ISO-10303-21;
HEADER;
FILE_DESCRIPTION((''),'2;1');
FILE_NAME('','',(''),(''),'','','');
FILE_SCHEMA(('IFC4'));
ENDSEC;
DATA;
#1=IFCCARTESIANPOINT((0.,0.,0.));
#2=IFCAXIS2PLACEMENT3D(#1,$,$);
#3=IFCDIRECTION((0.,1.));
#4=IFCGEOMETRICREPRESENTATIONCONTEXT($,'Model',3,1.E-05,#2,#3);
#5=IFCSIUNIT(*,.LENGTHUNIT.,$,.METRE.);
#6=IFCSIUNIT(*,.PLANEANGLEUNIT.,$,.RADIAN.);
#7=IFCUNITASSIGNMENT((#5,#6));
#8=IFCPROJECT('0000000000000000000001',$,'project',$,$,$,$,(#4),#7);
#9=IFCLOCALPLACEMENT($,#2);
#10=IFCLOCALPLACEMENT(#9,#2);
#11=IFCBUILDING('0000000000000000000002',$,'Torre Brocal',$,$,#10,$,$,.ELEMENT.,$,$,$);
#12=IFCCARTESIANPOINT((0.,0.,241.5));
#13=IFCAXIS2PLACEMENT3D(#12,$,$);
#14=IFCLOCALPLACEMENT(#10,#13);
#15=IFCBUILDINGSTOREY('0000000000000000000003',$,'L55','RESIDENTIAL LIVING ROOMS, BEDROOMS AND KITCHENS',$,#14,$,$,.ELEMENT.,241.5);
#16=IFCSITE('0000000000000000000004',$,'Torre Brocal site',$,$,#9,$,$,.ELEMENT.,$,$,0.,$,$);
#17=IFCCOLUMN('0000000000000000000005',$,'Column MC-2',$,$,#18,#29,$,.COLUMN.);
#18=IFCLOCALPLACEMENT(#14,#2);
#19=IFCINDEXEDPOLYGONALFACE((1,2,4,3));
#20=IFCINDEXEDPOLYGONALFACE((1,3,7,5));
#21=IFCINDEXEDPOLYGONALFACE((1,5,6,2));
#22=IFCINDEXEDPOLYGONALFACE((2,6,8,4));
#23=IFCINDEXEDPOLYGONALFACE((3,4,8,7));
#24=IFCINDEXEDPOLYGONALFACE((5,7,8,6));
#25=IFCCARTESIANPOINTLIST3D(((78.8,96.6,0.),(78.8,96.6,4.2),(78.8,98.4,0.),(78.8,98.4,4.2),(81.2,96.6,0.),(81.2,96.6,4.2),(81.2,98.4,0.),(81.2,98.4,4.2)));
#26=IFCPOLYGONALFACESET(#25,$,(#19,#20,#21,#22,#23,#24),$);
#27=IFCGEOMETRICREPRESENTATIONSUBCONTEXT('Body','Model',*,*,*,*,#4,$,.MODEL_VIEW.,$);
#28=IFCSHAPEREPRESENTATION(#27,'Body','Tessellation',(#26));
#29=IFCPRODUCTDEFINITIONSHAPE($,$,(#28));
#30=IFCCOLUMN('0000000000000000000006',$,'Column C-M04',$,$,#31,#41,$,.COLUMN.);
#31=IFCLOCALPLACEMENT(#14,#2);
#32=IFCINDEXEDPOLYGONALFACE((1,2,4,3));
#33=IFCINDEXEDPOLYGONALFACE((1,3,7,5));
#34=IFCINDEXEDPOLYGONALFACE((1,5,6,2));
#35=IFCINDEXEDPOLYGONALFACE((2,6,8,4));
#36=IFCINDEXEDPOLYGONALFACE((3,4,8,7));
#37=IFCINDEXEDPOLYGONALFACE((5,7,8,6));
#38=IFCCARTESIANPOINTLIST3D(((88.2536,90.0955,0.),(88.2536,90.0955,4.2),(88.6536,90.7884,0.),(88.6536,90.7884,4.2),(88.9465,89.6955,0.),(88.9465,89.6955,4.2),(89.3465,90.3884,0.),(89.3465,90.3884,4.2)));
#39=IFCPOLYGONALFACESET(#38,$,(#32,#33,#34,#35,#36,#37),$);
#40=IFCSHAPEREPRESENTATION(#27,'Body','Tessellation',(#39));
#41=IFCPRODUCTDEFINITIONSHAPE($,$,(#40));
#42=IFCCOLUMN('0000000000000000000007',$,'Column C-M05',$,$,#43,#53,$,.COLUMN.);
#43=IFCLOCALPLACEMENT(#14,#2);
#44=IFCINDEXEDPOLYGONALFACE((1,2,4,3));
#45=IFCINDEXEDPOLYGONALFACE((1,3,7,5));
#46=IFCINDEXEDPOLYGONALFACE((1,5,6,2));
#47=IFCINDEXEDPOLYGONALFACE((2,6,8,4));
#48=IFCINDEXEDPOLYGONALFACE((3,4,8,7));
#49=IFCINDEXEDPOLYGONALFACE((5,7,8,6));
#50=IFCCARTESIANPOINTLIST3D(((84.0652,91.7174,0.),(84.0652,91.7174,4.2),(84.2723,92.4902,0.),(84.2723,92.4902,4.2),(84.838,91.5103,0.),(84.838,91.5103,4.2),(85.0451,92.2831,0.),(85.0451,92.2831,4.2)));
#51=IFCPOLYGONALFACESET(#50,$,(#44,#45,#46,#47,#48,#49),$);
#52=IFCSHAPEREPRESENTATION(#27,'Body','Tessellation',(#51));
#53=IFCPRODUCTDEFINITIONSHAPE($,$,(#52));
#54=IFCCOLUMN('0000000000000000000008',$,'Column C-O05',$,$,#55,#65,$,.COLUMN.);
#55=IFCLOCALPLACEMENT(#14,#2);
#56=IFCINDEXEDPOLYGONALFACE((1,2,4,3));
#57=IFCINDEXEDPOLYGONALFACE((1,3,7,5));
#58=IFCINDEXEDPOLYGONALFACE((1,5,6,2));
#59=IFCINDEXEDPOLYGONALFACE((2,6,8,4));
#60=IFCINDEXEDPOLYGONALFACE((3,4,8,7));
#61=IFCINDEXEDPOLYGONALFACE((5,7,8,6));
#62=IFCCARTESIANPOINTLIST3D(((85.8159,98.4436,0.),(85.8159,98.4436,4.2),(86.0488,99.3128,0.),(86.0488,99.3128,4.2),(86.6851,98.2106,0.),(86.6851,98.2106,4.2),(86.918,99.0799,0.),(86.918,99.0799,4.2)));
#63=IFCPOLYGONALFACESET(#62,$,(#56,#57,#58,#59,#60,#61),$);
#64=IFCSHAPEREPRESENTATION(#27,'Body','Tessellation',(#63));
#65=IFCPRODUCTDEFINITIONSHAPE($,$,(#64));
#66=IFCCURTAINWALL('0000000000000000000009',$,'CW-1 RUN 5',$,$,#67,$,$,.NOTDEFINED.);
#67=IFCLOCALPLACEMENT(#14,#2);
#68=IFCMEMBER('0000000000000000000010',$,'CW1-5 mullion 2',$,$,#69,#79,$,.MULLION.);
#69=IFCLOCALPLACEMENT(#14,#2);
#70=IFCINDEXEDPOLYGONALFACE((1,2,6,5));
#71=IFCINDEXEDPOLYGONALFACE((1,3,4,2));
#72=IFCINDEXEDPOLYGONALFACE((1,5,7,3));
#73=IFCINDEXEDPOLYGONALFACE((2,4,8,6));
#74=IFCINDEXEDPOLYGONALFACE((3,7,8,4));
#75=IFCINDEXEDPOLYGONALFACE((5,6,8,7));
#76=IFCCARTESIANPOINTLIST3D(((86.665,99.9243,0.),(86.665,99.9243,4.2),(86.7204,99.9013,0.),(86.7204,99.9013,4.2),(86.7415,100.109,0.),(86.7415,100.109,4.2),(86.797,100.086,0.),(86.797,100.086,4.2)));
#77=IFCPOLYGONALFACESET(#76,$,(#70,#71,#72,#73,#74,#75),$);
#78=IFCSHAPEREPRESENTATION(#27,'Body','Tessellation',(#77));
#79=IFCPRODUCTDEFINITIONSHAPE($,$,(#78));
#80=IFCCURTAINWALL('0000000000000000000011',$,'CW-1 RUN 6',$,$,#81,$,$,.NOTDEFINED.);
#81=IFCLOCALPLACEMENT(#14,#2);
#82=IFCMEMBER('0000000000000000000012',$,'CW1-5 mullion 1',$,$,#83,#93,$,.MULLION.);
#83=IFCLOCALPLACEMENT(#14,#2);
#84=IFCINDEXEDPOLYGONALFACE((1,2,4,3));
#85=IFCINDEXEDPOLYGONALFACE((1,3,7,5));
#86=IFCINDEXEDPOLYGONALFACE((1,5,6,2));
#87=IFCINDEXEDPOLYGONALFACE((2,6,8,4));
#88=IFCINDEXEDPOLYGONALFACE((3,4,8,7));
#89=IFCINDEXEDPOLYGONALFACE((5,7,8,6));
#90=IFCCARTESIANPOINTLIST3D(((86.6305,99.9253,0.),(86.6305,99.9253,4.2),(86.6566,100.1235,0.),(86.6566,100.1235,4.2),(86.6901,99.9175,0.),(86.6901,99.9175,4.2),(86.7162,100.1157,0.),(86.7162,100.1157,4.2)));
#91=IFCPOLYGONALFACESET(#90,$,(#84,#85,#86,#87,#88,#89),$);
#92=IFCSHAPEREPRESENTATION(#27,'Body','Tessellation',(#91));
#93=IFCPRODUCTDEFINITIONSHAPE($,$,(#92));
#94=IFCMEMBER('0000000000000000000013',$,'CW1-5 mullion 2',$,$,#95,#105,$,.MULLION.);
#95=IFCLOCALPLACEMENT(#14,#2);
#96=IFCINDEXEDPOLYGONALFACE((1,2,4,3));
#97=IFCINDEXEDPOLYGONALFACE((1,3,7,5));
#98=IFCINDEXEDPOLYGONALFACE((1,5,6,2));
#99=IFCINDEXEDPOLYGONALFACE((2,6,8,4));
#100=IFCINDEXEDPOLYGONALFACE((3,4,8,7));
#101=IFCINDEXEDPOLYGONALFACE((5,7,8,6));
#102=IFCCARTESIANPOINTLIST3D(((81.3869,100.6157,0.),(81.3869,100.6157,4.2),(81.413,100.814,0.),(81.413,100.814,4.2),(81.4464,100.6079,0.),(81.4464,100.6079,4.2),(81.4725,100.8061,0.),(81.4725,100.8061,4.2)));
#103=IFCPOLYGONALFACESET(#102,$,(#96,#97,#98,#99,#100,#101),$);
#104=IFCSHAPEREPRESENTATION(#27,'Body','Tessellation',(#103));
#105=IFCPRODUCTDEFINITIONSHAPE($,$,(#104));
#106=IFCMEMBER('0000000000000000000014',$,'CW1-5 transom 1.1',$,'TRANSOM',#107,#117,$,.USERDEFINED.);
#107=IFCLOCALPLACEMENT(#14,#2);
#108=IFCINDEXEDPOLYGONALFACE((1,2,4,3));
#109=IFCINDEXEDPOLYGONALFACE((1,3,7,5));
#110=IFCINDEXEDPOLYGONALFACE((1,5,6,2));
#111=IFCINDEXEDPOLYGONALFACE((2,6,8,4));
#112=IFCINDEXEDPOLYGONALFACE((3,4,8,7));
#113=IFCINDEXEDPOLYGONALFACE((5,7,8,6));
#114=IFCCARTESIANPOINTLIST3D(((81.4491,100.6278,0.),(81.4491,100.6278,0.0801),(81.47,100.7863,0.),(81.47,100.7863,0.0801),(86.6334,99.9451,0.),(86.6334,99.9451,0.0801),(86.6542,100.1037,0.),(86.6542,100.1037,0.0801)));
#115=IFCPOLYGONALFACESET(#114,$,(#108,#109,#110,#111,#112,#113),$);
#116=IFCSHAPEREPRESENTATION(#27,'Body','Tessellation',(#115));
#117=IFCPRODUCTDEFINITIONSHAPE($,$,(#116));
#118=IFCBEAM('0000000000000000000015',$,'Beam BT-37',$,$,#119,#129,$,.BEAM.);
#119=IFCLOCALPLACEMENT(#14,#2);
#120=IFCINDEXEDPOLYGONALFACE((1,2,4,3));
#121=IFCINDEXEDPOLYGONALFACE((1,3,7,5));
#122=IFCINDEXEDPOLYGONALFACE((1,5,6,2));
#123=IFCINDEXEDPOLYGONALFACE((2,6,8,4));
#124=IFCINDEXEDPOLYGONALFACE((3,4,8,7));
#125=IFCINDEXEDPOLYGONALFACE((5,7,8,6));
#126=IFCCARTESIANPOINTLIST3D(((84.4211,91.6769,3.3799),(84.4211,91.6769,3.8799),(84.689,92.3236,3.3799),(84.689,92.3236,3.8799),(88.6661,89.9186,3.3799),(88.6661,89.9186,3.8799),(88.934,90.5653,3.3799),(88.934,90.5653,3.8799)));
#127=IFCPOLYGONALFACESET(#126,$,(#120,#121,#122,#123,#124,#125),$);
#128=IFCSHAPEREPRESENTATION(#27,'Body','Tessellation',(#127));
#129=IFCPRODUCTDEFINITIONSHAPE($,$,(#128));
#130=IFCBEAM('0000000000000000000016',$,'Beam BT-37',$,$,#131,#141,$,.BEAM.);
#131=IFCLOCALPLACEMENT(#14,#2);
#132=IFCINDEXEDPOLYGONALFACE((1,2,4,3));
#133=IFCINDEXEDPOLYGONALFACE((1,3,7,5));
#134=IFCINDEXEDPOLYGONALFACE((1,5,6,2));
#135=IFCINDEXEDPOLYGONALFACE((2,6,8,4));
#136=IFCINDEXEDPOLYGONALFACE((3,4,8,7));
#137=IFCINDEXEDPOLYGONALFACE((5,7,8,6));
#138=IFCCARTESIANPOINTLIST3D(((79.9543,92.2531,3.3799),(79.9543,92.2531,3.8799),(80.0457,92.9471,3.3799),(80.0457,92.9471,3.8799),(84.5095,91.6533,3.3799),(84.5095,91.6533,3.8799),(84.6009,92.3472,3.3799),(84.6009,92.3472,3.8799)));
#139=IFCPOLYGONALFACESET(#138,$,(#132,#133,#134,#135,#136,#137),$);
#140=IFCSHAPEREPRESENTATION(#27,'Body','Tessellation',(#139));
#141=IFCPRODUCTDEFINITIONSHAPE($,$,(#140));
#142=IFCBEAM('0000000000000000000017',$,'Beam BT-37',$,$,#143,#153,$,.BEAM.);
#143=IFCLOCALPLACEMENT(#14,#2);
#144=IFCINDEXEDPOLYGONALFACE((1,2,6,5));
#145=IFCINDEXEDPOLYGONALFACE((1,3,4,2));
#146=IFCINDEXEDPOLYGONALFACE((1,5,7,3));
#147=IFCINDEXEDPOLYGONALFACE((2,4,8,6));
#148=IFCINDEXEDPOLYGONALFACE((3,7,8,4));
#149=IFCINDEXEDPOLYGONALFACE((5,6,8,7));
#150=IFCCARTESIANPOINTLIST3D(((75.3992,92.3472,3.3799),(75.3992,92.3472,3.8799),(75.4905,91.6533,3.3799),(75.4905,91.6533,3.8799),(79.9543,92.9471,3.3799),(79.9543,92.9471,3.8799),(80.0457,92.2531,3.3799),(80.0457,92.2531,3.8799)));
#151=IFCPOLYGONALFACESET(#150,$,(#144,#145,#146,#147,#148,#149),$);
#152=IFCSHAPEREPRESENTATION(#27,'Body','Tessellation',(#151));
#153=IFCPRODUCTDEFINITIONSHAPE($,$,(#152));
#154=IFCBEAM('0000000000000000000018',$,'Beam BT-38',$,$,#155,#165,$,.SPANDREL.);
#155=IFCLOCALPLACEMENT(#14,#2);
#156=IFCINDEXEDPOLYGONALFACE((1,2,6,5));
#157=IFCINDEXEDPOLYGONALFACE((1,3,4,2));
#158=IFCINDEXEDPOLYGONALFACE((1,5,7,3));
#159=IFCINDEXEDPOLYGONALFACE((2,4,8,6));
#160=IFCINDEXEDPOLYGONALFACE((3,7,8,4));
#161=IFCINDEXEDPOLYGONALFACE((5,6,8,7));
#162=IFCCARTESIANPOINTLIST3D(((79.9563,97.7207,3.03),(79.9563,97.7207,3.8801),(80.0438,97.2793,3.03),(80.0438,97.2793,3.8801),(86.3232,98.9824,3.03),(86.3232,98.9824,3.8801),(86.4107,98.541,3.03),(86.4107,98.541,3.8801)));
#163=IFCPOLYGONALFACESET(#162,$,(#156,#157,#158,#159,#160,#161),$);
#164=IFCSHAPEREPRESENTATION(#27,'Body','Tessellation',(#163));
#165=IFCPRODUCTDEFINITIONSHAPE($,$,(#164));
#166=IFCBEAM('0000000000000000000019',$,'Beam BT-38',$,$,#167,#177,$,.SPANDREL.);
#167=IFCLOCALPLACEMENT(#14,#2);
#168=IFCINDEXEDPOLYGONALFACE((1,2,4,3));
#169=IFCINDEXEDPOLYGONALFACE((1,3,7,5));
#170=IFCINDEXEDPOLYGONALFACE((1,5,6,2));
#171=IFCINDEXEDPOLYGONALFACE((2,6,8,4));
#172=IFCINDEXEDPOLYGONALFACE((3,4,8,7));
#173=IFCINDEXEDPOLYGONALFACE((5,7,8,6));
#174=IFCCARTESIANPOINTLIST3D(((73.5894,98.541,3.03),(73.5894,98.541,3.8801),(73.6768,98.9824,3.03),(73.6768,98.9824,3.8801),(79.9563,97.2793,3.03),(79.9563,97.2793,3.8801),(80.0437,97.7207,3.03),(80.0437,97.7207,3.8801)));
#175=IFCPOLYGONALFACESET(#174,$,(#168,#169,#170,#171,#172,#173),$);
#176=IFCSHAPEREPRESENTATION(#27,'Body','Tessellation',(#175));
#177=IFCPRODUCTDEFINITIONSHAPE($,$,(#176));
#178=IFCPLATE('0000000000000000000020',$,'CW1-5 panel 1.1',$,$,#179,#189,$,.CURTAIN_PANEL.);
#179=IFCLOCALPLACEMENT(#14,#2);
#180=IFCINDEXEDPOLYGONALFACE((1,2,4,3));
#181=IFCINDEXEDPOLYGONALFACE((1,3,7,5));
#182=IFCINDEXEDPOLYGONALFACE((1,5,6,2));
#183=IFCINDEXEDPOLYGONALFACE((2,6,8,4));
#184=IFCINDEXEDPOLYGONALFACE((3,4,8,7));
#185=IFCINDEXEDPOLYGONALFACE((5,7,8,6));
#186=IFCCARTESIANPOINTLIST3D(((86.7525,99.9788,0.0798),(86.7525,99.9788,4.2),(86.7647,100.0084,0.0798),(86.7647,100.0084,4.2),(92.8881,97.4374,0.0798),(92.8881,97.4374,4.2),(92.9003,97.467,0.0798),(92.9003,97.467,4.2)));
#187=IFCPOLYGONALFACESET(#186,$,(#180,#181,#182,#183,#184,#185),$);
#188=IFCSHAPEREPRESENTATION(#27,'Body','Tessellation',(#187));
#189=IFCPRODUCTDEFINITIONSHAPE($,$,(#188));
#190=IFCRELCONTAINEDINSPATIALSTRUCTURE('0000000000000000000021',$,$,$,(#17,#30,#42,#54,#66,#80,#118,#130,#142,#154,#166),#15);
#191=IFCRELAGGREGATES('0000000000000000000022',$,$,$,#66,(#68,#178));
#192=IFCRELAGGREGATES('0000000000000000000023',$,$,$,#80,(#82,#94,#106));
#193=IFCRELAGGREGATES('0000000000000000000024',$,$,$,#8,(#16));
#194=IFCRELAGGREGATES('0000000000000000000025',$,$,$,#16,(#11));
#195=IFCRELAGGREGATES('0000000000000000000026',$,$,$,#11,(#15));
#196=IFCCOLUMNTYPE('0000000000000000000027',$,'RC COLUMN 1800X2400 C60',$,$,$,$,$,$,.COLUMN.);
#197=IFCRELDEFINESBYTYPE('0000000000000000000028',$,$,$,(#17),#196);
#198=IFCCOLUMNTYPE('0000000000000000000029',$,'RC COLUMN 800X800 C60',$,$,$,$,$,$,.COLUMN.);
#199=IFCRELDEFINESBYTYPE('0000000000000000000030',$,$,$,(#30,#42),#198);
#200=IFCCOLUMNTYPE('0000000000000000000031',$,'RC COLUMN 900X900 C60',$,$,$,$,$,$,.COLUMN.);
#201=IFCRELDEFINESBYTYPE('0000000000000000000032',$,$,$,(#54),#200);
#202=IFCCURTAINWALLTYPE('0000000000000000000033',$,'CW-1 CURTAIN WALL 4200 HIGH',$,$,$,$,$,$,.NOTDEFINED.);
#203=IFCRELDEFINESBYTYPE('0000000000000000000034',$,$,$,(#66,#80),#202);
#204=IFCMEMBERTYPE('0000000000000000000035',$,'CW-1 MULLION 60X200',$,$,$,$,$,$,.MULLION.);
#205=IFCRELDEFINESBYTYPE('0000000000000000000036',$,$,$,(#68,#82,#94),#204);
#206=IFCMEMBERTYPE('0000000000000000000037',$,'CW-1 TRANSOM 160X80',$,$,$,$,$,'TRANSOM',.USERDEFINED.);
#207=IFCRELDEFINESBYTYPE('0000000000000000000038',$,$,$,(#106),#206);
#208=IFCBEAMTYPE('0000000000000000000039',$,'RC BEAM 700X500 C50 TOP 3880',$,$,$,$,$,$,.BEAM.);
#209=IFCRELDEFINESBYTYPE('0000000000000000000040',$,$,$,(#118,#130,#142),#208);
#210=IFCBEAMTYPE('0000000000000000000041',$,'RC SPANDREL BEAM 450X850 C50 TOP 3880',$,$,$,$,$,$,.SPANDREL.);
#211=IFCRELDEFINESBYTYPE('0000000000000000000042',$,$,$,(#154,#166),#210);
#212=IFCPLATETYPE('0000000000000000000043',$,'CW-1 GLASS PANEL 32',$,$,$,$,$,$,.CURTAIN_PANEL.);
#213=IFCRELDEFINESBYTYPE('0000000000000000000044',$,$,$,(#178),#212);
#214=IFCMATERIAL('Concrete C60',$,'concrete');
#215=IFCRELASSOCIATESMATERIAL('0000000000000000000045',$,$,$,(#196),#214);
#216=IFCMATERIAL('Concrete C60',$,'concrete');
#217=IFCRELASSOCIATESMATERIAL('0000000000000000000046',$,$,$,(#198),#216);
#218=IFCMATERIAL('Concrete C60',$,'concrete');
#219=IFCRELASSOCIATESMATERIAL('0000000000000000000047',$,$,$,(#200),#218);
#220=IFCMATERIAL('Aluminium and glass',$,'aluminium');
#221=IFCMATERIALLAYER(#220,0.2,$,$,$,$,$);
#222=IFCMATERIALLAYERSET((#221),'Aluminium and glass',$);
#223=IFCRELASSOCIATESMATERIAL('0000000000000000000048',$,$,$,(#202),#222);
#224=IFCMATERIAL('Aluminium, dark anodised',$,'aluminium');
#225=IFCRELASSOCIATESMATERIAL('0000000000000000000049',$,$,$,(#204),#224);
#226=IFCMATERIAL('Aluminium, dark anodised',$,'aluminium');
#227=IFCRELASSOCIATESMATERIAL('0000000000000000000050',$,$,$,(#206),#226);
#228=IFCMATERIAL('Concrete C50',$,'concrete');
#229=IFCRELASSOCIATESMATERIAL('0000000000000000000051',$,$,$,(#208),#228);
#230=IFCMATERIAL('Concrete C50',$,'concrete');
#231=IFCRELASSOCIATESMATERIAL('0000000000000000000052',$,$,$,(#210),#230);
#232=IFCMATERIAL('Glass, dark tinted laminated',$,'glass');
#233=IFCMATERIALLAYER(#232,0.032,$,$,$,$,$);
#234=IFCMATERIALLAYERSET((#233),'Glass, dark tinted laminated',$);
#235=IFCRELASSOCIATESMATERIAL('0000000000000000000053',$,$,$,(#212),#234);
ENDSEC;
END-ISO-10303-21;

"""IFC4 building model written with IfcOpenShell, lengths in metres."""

from ifc_helpers import new_model, si_unit, direction, frame, origin, origin_2d, place, context, subcontext, project, spatial, rectangle, extrude, material, layer, layer_set, material_profile, profile_set, type_object, element, aggregate, save


model = new_model("IFC4")

# Units and contexts
model_context = context("Model", 3, precision=1e-05, world=origin(), true_north=direction((0.0, 1.0)))
body_context = subcontext(model_context, "Body", "Model", "MODEL_VIEW")
ifc_project = project(units=[si_unit("LENGTHUNIT", "METRE"), si_unit("PLANEANGLEUNIT", "RADIAN")], contexts=[model_context])

# Site, building, storey
site_placement = place(None, origin())
site = spatial("IfcSite", under=ifc_project, at=site_placement, Name="Torre Brocal site", CompositionType="ELEMENT", RefElevation=0.0)
building_placement = place(site_placement, origin())
building = spatial("IfcBuilding", under=site, at=building_placement, Name="Torre Brocal", CompositionType="ELEMENT")
storey_placement = place(building_placement, frame((0.0, 0.0, 241.5)))
storey = spatial("IfcBuildingStorey", under=building, at=storey_placement, Name="L55", Description="RESIDENTIAL LIVING ROOMS, BEDROOMS AND KITCHENS", CompositionType="ELEMENT", Elevation=241.5)

# Columns
ifc_material_1 = material(Name="Concrete C60", Category="concrete")
ifc_material_profile_1 = material_profile(ifc_material_1, rectangle(XDim=1.8, YDim=2.3999, at=origin_2d()), Name="RC 1800X2400")
ifc_profile_set_1 = profile_set([ifc_material_profile_1], Name="Concrete C60")
column_type_1 = type_object("IfcColumnType", Name="RC COLUMN 1800X2400 C60", PredefinedType="COLUMN", material=ifc_profile_set_1)
column_1_placement = place(storey_placement, frame((80.0, 97.5, 0.0), z_axis=(0.0, 0.0, 1.0), x_axis=(0.0, 1.0, 0.0)))
element("IfcColumn", 1, at=column_1_placement, inside=storey, type_object=column_type_1, Name="Column MC-2", PredefinedType="COLUMN", context=body_context, shape_type="SweptSolid", body=[
    extrude(rectangle(XDim=1.8, YDim=2.3999, at=origin_2d()), origin(), (0.0, 0.0, 1.0), 4.2),
])
ifc_material_2 = material(Name="Concrete C60", Category="concrete")
ifc_material_profile_2 = material_profile(ifc_material_2, rectangle(XDim=0.8, YDim=0.8, at=origin_2d()), Name="RC 800X800")
ifc_profile_set_2 = profile_set([ifc_material_profile_2], Name="Concrete C60")
column_type_2 = type_object("IfcColumnType", Name="RC COLUMN 800X800 C60", PredefinedType="COLUMN", material=ifc_profile_set_2)
for number, where, z_axis, x_axis, name in (
    (2, (88.8, 90.2419, 0.0), (0.0, 0.0, 1.0), (0.5, 0.866025, 0.0), "Column C-M04"),
    (3, (84.5552, 92.0002, 0.0), (0.0, 0.0, 1.0), (0.258819, 0.965926, 0.0), "Column C-M05"),
):
    element("IfcColumn", number, at=place(storey_placement, frame(where, z_axis=z_axis, x_axis=x_axis)), inside=storey, type_object=column_type_2, Name=name, PredefinedType="COLUMN", context=body_context, shape_type="SweptSolid", body=[
        extrude(rectangle(XDim=0.8, YDim=0.8, at=origin_2d()), origin(), (0.0, 0.0, 1.0), 4.2),
    ])
ifc_material_3 = material(Name="Concrete C60", Category="concrete")
ifc_material_profile_3 = material_profile(ifc_material_3, rectangle(XDim=0.8999, YDim=0.8999, at=origin_2d()), Name="RC 900X900")
ifc_profile_set_3 = profile_set([ifc_material_profile_3], Name="Concrete C60")
column_type_3 = type_object("IfcColumnType", Name="RC COLUMN 900X900 C60", PredefinedType="COLUMN", material=ifc_profile_set_3)
column_2_placement = place(storey_placement, frame((86.3669, 98.7617, 0.0), z_axis=(0.0, 0.0, 1.0), x_axis=(0.258819, 0.965926, 0.0)))
element("IfcColumn", 4, at=column_2_placement, inside=storey, type_object=column_type_3, Name="Column C-O05", PredefinedType="COLUMN", context=body_context, shape_type="SweptSolid", body=[
    extrude(rectangle(XDim=0.8999, YDim=0.8999, at=origin_2d()), origin(), (0.0, 0.0, 1.0), 4.2),
])

# Curtain wall, member
ifc_material_4 = material(Name="Aluminium and glass", Category="aluminium")
ifc_layer_1 = layer(ifc_material_4, 0.2)
ifc_layer_set_1 = layer_set([ifc_layer_1], Name="Aluminium and glass")
curtain_wall_type = type_object("IfcCurtainWallType", Name="CW-1 CURTAIN WALL 4200 HIGH", PredefinedType="NOTDEFINED", material=ifc_layer_set_1)
curtain_wall_1_placement = place(storey_placement, origin())
curtain_wall_1 = element("IfcCurtainWall", 5, at=curtain_wall_1_placement, inside=storey, type_object=curtain_wall_type, Name="CW-1 RUN 5", PredefinedType="NOTDEFINED")
ifc_material_5 = material(Name="Aluminium, dark anodised", Category="aluminium")
ifc_material_profile_4 = material_profile(ifc_material_5, rectangle(XDim=0.2, YDim=0.0601, at=origin_2d()), Name="CW-1 MULLION 60X200")
ifc_profile_set_4 = profile_set([ifc_material_profile_4], Name="Aluminium, dark anodised")
member_type_1 = type_object("IfcMemberType", Name="CW-1 MULLION 60X200", PredefinedType="MULLION", material=ifc_profile_set_4)
member_1_placement = place(storey_placement, frame((86.731, 100.0051, 0.0), z_axis=(0.0, 0.0, 1.0), x_axis=(-0.382683, -0.92388, 0.0)))
member_1 = element("IfcMember", 6, at=member_1_placement, type_object=member_type_1, Name="CW1-5 mullion 2", PredefinedType="MULLION", context=body_context, shape_type="SweptSolid", body=[
    extrude(rectangle(XDim=0.2, YDim=0.0601, at=origin_2d()), origin(), (0.0, 0.0, 1.0), 4.2),
])

# Curtain wall, members
curtain_wall_2_placement = place(storey_placement, origin())
curtain_wall_2 = element("IfcCurtainWall", 7, at=curtain_wall_2_placement, inside=storey, type_object=curtain_wall_type, Name="CW-1 RUN 6", PredefinedType="NOTDEFINED")
member_2_placement = place(storey_placement, frame((86.6733, 100.0205, 0.0), z_axis=(0.0, 0.0, 1.0), x_axis=(-0.130526, -0.991445, 0.0)))
member_2 = element("IfcMember", 8, at=member_2_placement, type_object=member_type_1, Name="CW1-5 mullion 1", PredefinedType="MULLION", context=body_context, shape_type="SweptSolid", body=[
    extrude(rectangle(XDim=0.2, YDim=0.0601, at=origin_2d()), origin(), (0.0, 0.0, 1.0), 4.2),
])
member_3_placement = place(storey_placement, frame((81.4297, 100.7109, 0.0), z_axis=(0.0, 0.0, 1.0), x_axis=(-0.130526, -0.991445, 0.0)))
member_3 = element("IfcMember", 9, at=member_3_placement, type_object=member_type_1, Name="CW1-5 mullion 2", PredefinedType="MULLION", context=body_context, shape_type="SweptSolid", body=[
    extrude(rectangle(XDim=0.2, YDim=0.0601, at=origin_2d()), origin(), (0.0, 0.0, 1.0), 4.2),
])
ifc_material_6 = material(Name="Aluminium, dark anodised", Category="aluminium")
ifc_material_profile_5 = material_profile(ifc_material_6, rectangle(XDim=0.1599, YDim=0.0801, at=origin_2d()), Name="CW-1 TRANSOM 160X80")
ifc_profile_set_5 = profile_set([ifc_material_profile_5], Name="Aluminium, dark anodised")
member_type_2 = type_object("IfcMemberType", Name="CW-1 TRANSOM 160X80", ElementType="TRANSOM", PredefinedType="USERDEFINED", material=ifc_profile_set_5)
member_4_placement = place(storey_placement, frame((86.6438, 100.0244, 0.04), z_axis=(-0.991443, 0.130543, 0.0), x_axis=(-0.130543, -0.991443, 0.0)))
member_4 = element("IfcMember", 10, at=member_4_placement, type_object=member_type_2, Name="CW1-5 transom 1.1", ObjectType="TRANSOM", PredefinedType="USERDEFINED", context=body_context, shape_type="SweptSolid", body=[
    extrude(rectangle(XDim=0.1599, YDim=0.0801, at=origin_2d()), origin(), (0.0, 0.0, 1.0), 5.229),
])

# Beams
ifc_material_7 = material(Name="Concrete C50", Category="concrete")
ifc_material_profile_6 = material_profile(ifc_material_7, rectangle(XDim=0.7, YDim=0.5, at=origin_2d()), Name="RC 700X500")
ifc_profile_set_6 = profile_set([ifc_material_profile_6], Name="Concrete C50")
beam_type_1 = type_object("IfcBeamType", Name="RC BEAM 700X500 C50 TOP 3880", PredefinedType="BEAM", material=ifc_profile_set_6)
beam_placement = place(storey_placement, frame((88.8, 90.2419, 3.6299), z_axis=(-0.923878, 0.382687, 0.0), x_axis=(-0.382687, -0.923878, 0.0)))
element("IfcBeam", 11, at=beam_placement, inside=storey, type_object=beam_type_1, Name="Beam BT-37", PredefinedType="BEAM", context=body_context, shape_type="SweptSolid", body=[
    extrude(rectangle(XDim=0.7, YDim=0.5, at=origin_2d()), origin(), (0.0, 0.0, 1.0), 4.5947),
])
for number, where, z_axis, x_axis, name in (
    (12, (84.5552, 92.0002, 3.6299), (-0.991441, 0.130559, 0.0), (-0.130559, -0.991441, 0.0), "Beam BT-37"),
    (13, (80.0, 92.6001, 3.6299), (-0.991441, -0.130559, 0.0), (0.130559, -0.991441, 0.0), "Beam BT-37"),
):
    element("IfcBeam", number, at=place(storey_placement, frame(where, z_axis=z_axis, x_axis=x_axis)), inside=storey, type_object=beam_type_1, Name=name, PredefinedType="BEAM", context=body_context, shape_type="SweptSolid", body=[
        extrude(rectangle(XDim=0.7, YDim=0.5, at=origin_2d()), origin(), (0.0, 0.0, 1.0), 4.5945),
    ])
ifc_material_8 = material(Name="Concrete C50", Category="concrete")
ifc_material_profile_7 = material_profile(ifc_material_8, rectangle(XDim=0.45, YDim=0.8501, at=origin_2d()), Name="RC 450X850")
ifc_profile_set_7 = profile_set([ifc_material_profile_7], Name="Concrete C50")
beam_type_2 = type_object("IfcBeamType", Name="RC SPANDREL BEAM 450X850 C50 TOP 3880", PredefinedType="SPANDREL", material=ifc_profile_set_7)
for number, where, z_axis, x_axis, name in (
    (14, (86.3669, 98.7617, 3.4551), (-0.980925, -0.194387, 0.0), (0.194387, -0.980925, 0.0), "Beam BT-38"),
    (15, (80.0, 97.5, 3.4551), (-0.980925, 0.194387, 0.0), (-0.194387, -0.980925, 0.0), "Beam BT-38"),
):
    element("IfcBeam", number, at=place(storey_placement, frame(where, z_axis=z_axis, x_axis=x_axis)), inside=storey, type_object=beam_type_2, Name=name, PredefinedType="SPANDREL", context=body_context, shape_type="SweptSolid", body=[
        extrude(rectangle(XDim=0.45, YDim=0.8501, at=origin_2d()), origin(), (0.0, 0.0, 1.0), 6.4907),
    ])

# Plate
ifc_material_9 = material(Name="Glass, dark tinted laminated", Category="glass")
ifc_layer_2 = layer(ifc_material_9, 0.032)
ifc_layer_set_2 = layer_set([ifc_layer_2], Name="Glass, dark tinted laminated")
plate_type = type_object("IfcPlateType", Name="CW-1 GLASS PANEL 32", PredefinedType="CURTAIN_PANEL", material=ifc_layer_set_2)
plate_1_placement = place(storey_placement, frame((89.8264, 98.7229, 0.0798), z_axis=(0.0, 0.0, 1.0), x_axis=(-0.92388, 0.382683, 0.0)))
plate_1 = element("IfcPlate", 16, at=plate_1_placement, type_object=plate_type, Name="CW1-5 panel 1.1", PredefinedType="CURTAIN_PANEL", context=body_context, shape_type="SweptSolid", body=[
    extrude(rectangle(XDim=6.6411, YDim=0.032, at=origin_2d()), origin(), (0.0, 0.0, 1.0), 4.1201),
])
aggregate(curtain_wall_1, [member_1, plate_1])
aggregate(curtain_wall_2, [member_2, member_3, member_4])

save(model, "model.ifc")
